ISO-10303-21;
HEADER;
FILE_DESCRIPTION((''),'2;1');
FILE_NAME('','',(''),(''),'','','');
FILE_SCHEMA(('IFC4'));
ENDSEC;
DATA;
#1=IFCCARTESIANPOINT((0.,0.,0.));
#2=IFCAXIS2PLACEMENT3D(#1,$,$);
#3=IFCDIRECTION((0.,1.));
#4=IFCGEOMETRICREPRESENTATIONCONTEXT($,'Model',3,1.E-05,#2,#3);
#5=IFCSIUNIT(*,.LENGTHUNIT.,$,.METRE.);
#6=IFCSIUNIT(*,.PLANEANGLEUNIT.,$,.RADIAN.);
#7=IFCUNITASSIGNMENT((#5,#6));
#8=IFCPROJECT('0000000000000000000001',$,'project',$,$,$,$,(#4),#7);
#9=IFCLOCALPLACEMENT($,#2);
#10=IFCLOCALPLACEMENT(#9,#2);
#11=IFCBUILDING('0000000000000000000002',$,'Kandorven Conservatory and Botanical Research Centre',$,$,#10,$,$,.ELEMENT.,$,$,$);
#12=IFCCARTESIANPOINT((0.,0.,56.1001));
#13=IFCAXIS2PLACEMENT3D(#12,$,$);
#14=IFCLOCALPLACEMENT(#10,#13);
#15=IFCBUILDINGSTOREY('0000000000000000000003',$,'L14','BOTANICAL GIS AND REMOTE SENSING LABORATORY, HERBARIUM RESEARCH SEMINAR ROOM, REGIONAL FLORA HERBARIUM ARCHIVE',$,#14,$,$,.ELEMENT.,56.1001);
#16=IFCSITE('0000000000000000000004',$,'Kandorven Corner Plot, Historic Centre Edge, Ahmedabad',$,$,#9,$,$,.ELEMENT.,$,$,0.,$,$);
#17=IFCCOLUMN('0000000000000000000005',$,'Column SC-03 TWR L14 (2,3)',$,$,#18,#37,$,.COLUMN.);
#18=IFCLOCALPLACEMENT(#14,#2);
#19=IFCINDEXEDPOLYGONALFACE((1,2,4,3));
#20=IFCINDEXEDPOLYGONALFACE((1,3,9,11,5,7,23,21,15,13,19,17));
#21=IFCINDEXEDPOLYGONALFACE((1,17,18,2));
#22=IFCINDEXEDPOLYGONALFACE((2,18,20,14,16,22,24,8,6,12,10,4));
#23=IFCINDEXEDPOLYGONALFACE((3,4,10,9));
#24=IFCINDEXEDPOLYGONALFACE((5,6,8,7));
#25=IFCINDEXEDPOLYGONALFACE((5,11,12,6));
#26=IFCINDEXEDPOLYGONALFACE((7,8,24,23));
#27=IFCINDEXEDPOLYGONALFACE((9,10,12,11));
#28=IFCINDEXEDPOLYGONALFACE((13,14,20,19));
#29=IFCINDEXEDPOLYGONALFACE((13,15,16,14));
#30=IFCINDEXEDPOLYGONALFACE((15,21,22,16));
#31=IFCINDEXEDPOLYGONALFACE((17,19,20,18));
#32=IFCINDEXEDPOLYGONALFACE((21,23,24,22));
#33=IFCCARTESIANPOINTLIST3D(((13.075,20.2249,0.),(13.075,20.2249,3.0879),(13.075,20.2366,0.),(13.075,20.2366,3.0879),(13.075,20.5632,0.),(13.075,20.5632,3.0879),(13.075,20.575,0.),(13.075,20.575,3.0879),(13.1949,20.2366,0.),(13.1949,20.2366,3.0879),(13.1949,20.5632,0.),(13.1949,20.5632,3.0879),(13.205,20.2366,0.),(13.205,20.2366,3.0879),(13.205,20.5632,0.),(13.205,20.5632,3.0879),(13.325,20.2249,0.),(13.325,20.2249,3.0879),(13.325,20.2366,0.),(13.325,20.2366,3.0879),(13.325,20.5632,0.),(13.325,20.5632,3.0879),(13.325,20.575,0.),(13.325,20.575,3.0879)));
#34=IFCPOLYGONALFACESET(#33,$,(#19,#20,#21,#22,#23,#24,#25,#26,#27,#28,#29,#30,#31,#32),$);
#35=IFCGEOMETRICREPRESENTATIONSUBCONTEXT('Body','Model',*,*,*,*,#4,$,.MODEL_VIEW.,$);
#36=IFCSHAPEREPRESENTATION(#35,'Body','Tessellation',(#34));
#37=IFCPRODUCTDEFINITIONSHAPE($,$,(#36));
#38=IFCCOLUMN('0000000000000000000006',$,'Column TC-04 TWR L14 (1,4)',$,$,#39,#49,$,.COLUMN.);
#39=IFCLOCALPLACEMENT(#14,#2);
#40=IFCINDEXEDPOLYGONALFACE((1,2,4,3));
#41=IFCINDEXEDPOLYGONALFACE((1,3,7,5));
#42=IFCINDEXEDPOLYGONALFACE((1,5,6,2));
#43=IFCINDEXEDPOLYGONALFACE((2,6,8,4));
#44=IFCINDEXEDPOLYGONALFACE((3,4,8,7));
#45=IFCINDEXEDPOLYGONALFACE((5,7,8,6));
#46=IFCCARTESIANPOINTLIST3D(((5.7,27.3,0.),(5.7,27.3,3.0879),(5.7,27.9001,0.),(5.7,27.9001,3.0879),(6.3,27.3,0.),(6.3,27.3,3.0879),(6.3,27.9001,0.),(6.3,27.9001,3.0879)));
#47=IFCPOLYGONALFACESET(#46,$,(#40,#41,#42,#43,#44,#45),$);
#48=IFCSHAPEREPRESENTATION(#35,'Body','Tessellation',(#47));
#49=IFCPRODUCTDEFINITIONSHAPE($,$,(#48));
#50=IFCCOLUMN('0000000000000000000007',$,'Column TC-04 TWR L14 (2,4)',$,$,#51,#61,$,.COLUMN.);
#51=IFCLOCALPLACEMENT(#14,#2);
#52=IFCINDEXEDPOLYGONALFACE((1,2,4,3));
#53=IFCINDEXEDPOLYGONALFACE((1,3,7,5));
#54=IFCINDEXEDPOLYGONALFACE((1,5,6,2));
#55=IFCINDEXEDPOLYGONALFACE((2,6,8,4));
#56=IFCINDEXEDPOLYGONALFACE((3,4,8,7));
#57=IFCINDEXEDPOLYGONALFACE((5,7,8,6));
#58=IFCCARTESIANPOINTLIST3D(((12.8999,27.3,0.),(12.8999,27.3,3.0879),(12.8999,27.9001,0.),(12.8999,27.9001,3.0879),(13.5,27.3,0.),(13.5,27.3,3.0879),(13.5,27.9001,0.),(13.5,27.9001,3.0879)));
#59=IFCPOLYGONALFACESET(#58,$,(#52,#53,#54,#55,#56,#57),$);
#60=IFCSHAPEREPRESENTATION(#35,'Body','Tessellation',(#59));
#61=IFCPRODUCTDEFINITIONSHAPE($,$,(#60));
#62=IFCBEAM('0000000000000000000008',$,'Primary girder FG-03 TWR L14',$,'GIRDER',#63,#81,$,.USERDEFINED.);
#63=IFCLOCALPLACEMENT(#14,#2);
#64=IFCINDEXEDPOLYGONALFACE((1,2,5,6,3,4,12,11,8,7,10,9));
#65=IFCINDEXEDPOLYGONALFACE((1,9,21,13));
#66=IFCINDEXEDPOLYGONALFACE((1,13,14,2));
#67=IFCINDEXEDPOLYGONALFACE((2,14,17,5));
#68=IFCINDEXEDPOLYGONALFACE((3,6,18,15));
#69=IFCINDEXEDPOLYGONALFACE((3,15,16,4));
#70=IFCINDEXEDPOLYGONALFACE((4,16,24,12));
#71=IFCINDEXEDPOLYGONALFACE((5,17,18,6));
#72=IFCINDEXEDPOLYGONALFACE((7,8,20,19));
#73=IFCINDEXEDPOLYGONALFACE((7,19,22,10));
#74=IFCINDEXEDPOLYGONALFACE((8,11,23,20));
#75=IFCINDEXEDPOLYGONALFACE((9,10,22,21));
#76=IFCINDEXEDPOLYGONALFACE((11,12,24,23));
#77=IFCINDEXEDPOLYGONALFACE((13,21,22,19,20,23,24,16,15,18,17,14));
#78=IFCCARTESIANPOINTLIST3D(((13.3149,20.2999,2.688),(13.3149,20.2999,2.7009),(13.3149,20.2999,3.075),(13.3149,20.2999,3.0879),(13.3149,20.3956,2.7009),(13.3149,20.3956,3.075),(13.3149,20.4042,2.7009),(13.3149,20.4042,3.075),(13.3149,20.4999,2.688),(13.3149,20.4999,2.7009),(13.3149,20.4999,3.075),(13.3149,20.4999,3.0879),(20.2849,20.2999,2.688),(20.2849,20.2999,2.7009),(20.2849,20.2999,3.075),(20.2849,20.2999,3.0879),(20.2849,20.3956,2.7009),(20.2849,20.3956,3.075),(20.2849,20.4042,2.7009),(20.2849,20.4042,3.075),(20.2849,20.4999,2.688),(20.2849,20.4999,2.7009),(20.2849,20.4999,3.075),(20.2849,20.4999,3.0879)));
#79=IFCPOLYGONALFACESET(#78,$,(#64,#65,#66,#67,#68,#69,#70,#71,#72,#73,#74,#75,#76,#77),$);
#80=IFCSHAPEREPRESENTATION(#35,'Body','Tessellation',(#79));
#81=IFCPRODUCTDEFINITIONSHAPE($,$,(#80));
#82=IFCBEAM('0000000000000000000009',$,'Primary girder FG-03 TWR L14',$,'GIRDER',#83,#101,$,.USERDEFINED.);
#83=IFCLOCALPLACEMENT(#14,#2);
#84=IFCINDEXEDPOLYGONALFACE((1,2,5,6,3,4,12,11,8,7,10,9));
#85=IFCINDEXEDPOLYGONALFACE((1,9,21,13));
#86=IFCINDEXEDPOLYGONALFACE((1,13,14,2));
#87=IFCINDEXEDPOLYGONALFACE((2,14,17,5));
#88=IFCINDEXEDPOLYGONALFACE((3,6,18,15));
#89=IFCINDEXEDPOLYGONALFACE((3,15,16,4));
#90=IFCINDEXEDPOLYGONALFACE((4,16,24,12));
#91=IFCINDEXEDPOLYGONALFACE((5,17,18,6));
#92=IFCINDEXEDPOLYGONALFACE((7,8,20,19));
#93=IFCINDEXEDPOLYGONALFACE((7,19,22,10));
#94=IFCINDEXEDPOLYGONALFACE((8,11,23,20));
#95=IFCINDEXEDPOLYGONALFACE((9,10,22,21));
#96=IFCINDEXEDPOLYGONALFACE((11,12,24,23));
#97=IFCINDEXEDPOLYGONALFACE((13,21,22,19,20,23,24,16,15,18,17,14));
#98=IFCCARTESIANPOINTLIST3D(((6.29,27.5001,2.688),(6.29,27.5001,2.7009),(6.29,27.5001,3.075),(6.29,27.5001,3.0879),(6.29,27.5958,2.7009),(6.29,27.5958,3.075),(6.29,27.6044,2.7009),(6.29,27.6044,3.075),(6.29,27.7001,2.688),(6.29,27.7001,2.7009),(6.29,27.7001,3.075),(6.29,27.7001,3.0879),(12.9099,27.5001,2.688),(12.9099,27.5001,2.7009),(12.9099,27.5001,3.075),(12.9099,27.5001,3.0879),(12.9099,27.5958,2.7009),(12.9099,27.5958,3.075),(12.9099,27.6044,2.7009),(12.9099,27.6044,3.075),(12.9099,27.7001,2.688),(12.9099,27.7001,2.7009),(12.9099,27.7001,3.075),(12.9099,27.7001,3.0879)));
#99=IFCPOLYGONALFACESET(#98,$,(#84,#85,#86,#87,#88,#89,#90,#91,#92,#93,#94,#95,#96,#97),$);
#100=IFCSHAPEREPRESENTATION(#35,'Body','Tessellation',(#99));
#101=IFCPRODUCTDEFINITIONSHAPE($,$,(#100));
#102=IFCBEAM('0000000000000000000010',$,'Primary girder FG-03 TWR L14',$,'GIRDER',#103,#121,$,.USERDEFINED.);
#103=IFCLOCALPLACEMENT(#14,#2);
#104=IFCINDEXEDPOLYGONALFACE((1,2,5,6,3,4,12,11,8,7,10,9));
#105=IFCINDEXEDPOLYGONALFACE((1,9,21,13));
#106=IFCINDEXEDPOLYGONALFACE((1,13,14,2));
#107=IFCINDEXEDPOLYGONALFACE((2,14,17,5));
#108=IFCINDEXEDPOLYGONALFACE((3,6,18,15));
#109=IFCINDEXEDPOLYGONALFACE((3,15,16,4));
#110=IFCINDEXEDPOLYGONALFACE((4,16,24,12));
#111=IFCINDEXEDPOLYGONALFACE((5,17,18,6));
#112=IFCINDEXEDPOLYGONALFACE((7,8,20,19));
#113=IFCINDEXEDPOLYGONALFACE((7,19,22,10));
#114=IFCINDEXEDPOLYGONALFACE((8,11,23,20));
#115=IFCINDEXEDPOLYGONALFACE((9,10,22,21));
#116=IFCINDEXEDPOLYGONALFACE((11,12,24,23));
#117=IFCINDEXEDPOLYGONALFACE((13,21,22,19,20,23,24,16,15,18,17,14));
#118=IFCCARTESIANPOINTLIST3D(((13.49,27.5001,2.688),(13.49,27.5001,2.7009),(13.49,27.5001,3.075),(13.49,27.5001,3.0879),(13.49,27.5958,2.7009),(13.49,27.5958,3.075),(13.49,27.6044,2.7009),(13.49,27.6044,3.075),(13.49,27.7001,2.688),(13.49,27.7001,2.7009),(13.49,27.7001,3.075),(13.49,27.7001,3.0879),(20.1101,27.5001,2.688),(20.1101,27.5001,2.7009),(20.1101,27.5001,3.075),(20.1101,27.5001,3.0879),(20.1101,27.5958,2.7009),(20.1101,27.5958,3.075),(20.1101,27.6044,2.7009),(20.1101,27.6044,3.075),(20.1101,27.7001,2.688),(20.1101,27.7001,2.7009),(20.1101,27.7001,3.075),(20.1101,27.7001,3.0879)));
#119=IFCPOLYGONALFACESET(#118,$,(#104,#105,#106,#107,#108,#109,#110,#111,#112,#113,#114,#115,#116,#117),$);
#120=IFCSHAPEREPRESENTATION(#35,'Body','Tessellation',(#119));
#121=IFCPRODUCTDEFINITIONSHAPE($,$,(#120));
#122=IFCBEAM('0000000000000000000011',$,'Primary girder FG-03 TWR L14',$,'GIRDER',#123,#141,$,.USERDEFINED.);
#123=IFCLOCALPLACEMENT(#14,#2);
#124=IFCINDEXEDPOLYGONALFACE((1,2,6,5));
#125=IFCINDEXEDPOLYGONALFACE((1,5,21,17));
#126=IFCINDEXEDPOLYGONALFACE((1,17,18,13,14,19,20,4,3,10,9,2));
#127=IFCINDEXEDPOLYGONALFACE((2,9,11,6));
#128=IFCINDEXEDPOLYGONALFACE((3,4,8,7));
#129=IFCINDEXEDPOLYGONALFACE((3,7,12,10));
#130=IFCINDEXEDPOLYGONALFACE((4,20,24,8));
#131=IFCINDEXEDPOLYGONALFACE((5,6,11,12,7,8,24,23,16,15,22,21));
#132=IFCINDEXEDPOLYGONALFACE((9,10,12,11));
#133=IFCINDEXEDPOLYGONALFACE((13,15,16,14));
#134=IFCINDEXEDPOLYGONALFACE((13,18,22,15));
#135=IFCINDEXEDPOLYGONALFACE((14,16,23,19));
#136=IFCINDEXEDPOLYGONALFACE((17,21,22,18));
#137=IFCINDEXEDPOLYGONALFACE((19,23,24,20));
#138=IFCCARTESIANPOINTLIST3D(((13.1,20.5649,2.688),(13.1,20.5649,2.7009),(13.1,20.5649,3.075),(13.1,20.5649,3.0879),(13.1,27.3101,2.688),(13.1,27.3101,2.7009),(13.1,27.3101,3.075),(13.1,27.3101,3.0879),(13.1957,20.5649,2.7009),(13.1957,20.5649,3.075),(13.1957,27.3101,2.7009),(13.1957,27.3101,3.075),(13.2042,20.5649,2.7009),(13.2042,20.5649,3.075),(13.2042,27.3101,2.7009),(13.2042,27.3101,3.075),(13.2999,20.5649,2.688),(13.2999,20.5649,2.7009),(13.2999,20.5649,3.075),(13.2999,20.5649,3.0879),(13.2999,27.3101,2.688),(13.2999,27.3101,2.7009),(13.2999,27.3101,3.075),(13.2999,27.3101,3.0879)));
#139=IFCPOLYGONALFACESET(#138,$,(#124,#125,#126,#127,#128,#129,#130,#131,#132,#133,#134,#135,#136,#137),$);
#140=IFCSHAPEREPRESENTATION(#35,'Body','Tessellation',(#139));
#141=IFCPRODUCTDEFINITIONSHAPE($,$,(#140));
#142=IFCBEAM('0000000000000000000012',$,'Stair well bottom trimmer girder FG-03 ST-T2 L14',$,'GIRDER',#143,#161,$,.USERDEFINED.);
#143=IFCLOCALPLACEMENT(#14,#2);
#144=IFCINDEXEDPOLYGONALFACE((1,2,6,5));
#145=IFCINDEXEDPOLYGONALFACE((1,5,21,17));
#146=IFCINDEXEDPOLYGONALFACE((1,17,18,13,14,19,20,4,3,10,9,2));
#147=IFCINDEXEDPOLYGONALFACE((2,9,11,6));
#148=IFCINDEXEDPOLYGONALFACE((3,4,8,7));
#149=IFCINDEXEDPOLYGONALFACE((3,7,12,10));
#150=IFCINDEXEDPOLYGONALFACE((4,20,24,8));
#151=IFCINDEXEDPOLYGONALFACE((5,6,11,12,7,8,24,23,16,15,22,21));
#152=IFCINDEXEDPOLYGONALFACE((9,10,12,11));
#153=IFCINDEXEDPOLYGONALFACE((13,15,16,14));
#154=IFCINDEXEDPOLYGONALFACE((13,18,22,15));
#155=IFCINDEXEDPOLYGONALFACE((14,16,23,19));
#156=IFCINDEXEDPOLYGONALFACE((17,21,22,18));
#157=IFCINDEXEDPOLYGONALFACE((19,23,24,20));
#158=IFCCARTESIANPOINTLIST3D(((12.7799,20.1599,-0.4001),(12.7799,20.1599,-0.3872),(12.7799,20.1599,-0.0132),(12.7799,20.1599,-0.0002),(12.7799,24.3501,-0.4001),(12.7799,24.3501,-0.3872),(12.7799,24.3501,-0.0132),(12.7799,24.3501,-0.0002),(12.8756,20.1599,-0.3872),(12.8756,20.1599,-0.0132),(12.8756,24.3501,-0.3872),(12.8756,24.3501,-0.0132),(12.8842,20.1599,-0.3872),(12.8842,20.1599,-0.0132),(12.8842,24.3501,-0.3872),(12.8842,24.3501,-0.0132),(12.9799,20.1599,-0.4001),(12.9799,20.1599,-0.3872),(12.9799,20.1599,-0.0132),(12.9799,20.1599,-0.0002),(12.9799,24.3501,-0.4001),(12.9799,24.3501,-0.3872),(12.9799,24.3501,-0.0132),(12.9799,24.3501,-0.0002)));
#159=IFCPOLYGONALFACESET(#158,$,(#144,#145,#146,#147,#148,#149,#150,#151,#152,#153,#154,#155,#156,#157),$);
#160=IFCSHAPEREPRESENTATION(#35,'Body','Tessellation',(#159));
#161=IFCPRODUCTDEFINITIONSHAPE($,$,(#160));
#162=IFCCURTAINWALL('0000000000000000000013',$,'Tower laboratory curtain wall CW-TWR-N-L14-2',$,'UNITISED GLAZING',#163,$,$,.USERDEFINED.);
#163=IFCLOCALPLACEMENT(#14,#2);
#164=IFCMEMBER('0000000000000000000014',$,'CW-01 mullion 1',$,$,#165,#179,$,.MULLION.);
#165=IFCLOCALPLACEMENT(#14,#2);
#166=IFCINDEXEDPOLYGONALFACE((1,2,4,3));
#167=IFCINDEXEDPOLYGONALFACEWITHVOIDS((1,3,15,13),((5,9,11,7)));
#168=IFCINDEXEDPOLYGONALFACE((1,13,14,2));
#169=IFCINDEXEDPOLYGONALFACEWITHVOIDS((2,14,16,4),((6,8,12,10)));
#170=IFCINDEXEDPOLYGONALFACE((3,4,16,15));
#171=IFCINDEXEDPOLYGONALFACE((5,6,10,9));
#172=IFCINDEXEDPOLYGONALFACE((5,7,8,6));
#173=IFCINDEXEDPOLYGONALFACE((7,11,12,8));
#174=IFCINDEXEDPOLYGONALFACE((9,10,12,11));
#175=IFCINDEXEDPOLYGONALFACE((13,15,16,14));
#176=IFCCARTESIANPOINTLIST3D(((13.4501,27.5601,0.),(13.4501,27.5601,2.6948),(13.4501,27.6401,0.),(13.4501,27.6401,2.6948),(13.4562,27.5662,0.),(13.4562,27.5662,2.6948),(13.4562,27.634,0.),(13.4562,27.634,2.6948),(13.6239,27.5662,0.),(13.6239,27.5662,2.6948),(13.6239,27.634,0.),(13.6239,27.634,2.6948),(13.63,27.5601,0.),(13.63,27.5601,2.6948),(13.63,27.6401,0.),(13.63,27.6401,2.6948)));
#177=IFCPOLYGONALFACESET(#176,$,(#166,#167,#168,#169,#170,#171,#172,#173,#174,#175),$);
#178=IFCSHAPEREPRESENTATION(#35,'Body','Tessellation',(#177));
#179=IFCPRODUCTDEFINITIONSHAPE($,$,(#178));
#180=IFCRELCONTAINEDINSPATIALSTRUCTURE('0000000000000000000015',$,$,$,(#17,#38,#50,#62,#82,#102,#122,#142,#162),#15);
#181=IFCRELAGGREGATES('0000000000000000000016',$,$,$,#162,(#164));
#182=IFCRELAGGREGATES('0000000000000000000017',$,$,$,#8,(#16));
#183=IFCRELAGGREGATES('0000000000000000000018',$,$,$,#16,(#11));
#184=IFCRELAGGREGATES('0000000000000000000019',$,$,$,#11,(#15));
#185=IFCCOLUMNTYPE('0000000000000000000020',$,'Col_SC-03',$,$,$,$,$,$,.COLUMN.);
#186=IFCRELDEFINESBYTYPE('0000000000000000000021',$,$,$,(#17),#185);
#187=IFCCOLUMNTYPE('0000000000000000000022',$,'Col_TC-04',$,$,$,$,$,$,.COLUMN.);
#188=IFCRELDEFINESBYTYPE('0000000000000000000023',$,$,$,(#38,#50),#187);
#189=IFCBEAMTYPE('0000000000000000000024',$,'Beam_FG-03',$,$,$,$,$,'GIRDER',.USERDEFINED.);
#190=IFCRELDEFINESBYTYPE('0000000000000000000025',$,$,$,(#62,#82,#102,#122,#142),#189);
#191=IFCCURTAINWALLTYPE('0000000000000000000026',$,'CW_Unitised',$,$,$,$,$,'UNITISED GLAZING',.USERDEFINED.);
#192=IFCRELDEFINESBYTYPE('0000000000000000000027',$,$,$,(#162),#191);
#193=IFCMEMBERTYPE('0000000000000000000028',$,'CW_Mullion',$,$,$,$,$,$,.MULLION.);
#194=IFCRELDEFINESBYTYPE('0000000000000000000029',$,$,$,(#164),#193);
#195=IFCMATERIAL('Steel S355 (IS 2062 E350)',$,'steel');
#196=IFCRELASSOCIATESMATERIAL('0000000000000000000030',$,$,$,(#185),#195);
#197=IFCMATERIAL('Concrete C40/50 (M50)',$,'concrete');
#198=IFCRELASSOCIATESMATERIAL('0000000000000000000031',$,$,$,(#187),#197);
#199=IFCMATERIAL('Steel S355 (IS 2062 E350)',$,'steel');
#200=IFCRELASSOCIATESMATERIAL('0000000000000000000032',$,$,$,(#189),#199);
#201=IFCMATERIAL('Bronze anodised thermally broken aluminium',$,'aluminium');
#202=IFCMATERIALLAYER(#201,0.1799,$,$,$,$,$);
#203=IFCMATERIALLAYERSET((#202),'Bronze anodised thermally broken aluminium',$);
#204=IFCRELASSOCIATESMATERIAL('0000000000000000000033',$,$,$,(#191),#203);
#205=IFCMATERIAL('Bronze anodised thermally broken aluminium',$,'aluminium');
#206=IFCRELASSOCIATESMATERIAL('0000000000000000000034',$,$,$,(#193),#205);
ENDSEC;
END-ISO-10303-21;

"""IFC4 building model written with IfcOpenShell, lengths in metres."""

from ifc_helpers import new_model, si_unit, direction, frame, origin, origin_2d, place, context, subcontext, project, spatial, rectangle, hollow_rectangle, i_section, extrude, material, layer, layer_set, material_profile, profile_set, type_object, element, aggregate, save


model = new_model("IFC4")

# Units and contexts
model_context = context("Model", 3, precision=1e-05, world=origin(), true_north=direction((0.0, 1.0)))
body_context = subcontext(model_context, "Body", "Model", "MODEL_VIEW")
ifc_project = project(units=[si_unit("LENGTHUNIT", "METRE"), si_unit("PLANEANGLEUNIT", "RADIAN")], contexts=[model_context])

# Site, building, storey
site_placement = place(None, origin())
site = spatial("IfcSite", under=ifc_project, at=site_placement, Name="Kandorven Corner Plot, Historic Centre Edge, Ahmedabad", CompositionType="ELEMENT", RefElevation=0.0)
building_placement = place(site_placement, origin())
building = spatial("IfcBuilding", under=site, at=building_placement, Name="Kandorven Conservatory and Botanical Research Centre", CompositionType="ELEMENT")
storey_placement = place(building_placement, frame((0.0, 0.0, 56.1001)))
storey = spatial("IfcBuildingStorey", under=building, at=storey_placement, Name="L14", Description="BOTANICAL GIS AND REMOTE SENSING LABORATORY, HERBARIUM RESEARCH SEMINAR ROOM, REGIONAL FLORA HERBARIUM ARCHIVE", CompositionType="ELEMENT", Elevation=56.1001)

# Columns
ifc_material_1 = material(Name="Steel S355 (IS 2062 E350)", Category="steel")
ifc_material_profile_1 = material_profile(ifc_material_1, i_section(OverallWidth=0.25, OverallDepth=0.3501, WebThickness=0.01, FlangeThickness=0.0117, at=origin_2d()))
ifc_profile_set_1 = profile_set([ifc_material_profile_1], Name="Steel S355 (IS 2062 E350)")
column_type_1 = type_object("IfcColumnType", Name="Col_SC-03", PredefinedType="COLUMN", material=ifc_profile_set_1)
column_placement = place(storey_placement, frame((13.2, 20.3999, 0.0), z_axis=(0.0, 0.0, 1.0), x_axis=(1.0, 0.0, 0.0)))
element("IfcColumn", 1, at=column_placement, inside=storey, type_object=column_type_1, Name="Column SC-03 TWR L14 (2,3)", PredefinedType="COLUMN", context=body_context, shape_type="SweptSolid", body=[
    extrude(i_section(OverallWidth=0.25, OverallDepth=0.3501, WebThickness=0.01, FlangeThickness=0.0117, at=origin_2d()), origin(), (0.0, 0.0, 1.0), 3.0879),
])
ifc_material_2 = material(Name="Concrete C40/50 (M50)", Category="concrete")
ifc_material_profile_2 = material_profile(ifc_material_2, rectangle(XDim=0.6001, YDim=0.6001, at=origin_2d()))
ifc_profile_set_2 = profile_set([ifc_material_profile_2], Name="Concrete C40/50 (M50)")
column_type_2 = type_object("IfcColumnType", Name="Col_TC-04", PredefinedType="COLUMN", material=ifc_profile_set_2)
for number, where, z_axis, x_axis, name in (
    (2, (6.0, 27.6001, 0.0), (0.0, 0.0, 1.0), (1.0, 0.0, 0.0), "Column TC-04 TWR L14 (1,4)"),
    (3, (13.2, 27.6001, 0.0), (0.0, 0.0, 1.0), (1.0, 0.0, 0.0), "Column TC-04 TWR L14 (2,4)"),
):
    element("IfcColumn", number, at=place(storey_placement, frame(where, z_axis=z_axis, x_axis=x_axis)), inside=storey, type_object=column_type_2, Name=name, PredefinedType="COLUMN", context=body_context, shape_type="SweptSolid", body=[
        extrude(rectangle(XDim=0.6001, YDim=0.6001, at=origin_2d()), origin(), (0.0, 0.0, 1.0), 3.0879),
    ])

# Beams
ifc_material_3 = material(Name="Steel S355 (IS 2062 E350)", Category="steel")
ifc_material_profile_3 = material_profile(ifc_material_3, i_section(OverallWidth=0.2, OverallDepth=0.3999, WebThickness=0.0085, FlangeThickness=0.0129, at=origin_2d()))
ifc_profile_set_3 = profile_set([ifc_material_profile_3], Name="Steel S355 (IS 2062 E350)")
beam_type = type_object("IfcBeamType", Name="Beam_FG-03", ElementType="GIRDER", PredefinedType="USERDEFINED", material=ifc_profile_set_3)
beam_1_placement = place(storey_placement, frame((13.3149, 20.3999, 2.8879), z_axis=(1.0, 0.0, 0.0), x_axis=(0.0, 1.0, 0.0)))
element("IfcBeam", 4, at=beam_1_placement, inside=storey, type_object=beam_type, Name="Primary girder FG-03 TWR L14", ObjectType="GIRDER", PredefinedType="USERDEFINED", context=body_context, shape_type="SweptSolid", body=[
    extrude(i_section(OverallWidth=0.2, OverallDepth=0.3999, WebThickness=0.0085, FlangeThickness=0.0129, at=origin_2d()), origin(), (0.0, 0.0, 1.0), 6.97),
])
beam_2_placement = place(storey_placement, frame((6.29, 27.6001, 2.8879), z_axis=(1.0, 0.0, 0.0), x_axis=(0.0, 1.0, 0.0)))
element("IfcBeam", 5, at=beam_2_placement, inside=storey, type_object=beam_type, Name="Primary girder FG-03 TWR L14", ObjectType="GIRDER", PredefinedType="USERDEFINED", context=body_context, shape_type="SweptSolid", body=[
    extrude(i_section(OverallWidth=0.2, OverallDepth=0.3999, WebThickness=0.0085, FlangeThickness=0.0129, at=origin_2d()), origin(), (0.0, 0.0, 1.0), 6.6199),
])
beam_3_placement = place(storey_placement, frame((13.49, 27.6001, 2.8879), z_axis=(1.0, 0.0, 0.0), x_axis=(0.0, 1.0, 0.0)))
element("IfcBeam", 6, at=beam_3_placement, inside=storey, type_object=beam_type, Name="Primary girder FG-03 TWR L14", ObjectType="GIRDER", PredefinedType="USERDEFINED", context=body_context, shape_type="SweptSolid", body=[
    extrude(i_section(OverallWidth=0.2, OverallDepth=0.3999, WebThickness=0.0085, FlangeThickness=0.0129, at=origin_2d()), origin(), (0.0, 0.0, 1.0), 6.6201),
])
beam_4_placement = place(storey_placement, frame((13.2, 20.5649, 2.8879), z_axis=(0.0, 1.0, 0.0), x_axis=(-1.0, 0.0, 0.0)))
element("IfcBeam", 7, at=beam_4_placement, inside=storey, type_object=beam_type, Name="Primary girder FG-03 TWR L14", ObjectType="GIRDER", PredefinedType="USERDEFINED", context=body_context, shape_type="SweptSolid", body=[
    extrude(i_section(OverallWidth=0.2, OverallDepth=0.3999, WebThickness=0.0085, FlangeThickness=0.0129, at=origin_2d()), origin(), (0.0, 0.0, 1.0), 6.7451),
])
beam_5_placement = place(storey_placement, frame((12.8799, 24.3501, -0.2002), z_axis=(0.0, -1.0, 0.0), x_axis=(1.0, 0.0, 0.0)))
element("IfcBeam", 8, at=beam_5_placement, inside=storey, type_object=beam_type, Name="Stair well bottom trimmer girder FG-03 ST-T2 L14", ObjectType="GIRDER", PredefinedType="USERDEFINED", context=body_context, shape_type="SweptSolid", body=[
    extrude(i_section(OverallWidth=0.2, OverallDepth=0.3999, WebThickness=0.0085, FlangeThickness=0.0129, at=origin_2d()), origin(), (0.0, 0.0, 1.0), 4.1902),
])

# Curtain wall, member
ifc_material_4 = material(Name="Bronze anodised thermally broken aluminium", Category="aluminium")
ifc_layer_1 = layer(ifc_material_4, 0.1799)
ifc_layer_set_1 = layer_set([ifc_layer_1], Name="Bronze anodised thermally broken aluminium")
curtain_wall_type = type_object("IfcCurtainWallType", Name="CW_Unitised", ElementType="UNITISED GLAZING", PredefinedType="USERDEFINED", material=ifc_layer_set_1)
curtain_wall_placement = place(storey_placement, origin())
curtain_wall = element("IfcCurtainWall", 9, at=curtain_wall_placement, inside=storey, type_object=curtain_wall_type, Name="Tower laboratory curtain wall CW-TWR-N-L14-2", ObjectType="UNITISED GLAZING", PredefinedType="USERDEFINED")
ifc_material_5 = material(Name="Bronze anodised thermally broken aluminium", Category="aluminium")
ifc_material_profile_4 = material_profile(ifc_material_5, hollow_rectangle(XDim=0.0801, YDim=0.1799, WallThickness=0.0061, at=origin_2d()))
ifc_profile_set_4 = profile_set([ifc_material_profile_4], Name="Bronze anodised thermally broken aluminium")
member_type_1 = type_object("IfcMemberType", Name="CW_Mullion", PredefinedType="MULLION", material=ifc_profile_set_4)
member_1_placement = place(storey_placement, frame((13.54, 27.6001, 0.0), z_axis=(0.0, 0.0, 1.0), x_axis=(0.0, 1.0, 0.0)))
member_1 = element("IfcMember", 10, at=member_1_placement, type_object=member_type_1, Name="CW-01 mullion 1", PredefinedType="MULLION", context=body_context, shape_type="SweptSolid", body=[
    extrude(hollow_rectangle(XDim=0.0801, YDim=0.1799, WallThickness=0.0061, at=origin_2d()), origin(), (0.0, 0.0, 1.0), 2.6948),
])
aggregate(curtain_wall, [member_1])

save(model, "model.ifc")
